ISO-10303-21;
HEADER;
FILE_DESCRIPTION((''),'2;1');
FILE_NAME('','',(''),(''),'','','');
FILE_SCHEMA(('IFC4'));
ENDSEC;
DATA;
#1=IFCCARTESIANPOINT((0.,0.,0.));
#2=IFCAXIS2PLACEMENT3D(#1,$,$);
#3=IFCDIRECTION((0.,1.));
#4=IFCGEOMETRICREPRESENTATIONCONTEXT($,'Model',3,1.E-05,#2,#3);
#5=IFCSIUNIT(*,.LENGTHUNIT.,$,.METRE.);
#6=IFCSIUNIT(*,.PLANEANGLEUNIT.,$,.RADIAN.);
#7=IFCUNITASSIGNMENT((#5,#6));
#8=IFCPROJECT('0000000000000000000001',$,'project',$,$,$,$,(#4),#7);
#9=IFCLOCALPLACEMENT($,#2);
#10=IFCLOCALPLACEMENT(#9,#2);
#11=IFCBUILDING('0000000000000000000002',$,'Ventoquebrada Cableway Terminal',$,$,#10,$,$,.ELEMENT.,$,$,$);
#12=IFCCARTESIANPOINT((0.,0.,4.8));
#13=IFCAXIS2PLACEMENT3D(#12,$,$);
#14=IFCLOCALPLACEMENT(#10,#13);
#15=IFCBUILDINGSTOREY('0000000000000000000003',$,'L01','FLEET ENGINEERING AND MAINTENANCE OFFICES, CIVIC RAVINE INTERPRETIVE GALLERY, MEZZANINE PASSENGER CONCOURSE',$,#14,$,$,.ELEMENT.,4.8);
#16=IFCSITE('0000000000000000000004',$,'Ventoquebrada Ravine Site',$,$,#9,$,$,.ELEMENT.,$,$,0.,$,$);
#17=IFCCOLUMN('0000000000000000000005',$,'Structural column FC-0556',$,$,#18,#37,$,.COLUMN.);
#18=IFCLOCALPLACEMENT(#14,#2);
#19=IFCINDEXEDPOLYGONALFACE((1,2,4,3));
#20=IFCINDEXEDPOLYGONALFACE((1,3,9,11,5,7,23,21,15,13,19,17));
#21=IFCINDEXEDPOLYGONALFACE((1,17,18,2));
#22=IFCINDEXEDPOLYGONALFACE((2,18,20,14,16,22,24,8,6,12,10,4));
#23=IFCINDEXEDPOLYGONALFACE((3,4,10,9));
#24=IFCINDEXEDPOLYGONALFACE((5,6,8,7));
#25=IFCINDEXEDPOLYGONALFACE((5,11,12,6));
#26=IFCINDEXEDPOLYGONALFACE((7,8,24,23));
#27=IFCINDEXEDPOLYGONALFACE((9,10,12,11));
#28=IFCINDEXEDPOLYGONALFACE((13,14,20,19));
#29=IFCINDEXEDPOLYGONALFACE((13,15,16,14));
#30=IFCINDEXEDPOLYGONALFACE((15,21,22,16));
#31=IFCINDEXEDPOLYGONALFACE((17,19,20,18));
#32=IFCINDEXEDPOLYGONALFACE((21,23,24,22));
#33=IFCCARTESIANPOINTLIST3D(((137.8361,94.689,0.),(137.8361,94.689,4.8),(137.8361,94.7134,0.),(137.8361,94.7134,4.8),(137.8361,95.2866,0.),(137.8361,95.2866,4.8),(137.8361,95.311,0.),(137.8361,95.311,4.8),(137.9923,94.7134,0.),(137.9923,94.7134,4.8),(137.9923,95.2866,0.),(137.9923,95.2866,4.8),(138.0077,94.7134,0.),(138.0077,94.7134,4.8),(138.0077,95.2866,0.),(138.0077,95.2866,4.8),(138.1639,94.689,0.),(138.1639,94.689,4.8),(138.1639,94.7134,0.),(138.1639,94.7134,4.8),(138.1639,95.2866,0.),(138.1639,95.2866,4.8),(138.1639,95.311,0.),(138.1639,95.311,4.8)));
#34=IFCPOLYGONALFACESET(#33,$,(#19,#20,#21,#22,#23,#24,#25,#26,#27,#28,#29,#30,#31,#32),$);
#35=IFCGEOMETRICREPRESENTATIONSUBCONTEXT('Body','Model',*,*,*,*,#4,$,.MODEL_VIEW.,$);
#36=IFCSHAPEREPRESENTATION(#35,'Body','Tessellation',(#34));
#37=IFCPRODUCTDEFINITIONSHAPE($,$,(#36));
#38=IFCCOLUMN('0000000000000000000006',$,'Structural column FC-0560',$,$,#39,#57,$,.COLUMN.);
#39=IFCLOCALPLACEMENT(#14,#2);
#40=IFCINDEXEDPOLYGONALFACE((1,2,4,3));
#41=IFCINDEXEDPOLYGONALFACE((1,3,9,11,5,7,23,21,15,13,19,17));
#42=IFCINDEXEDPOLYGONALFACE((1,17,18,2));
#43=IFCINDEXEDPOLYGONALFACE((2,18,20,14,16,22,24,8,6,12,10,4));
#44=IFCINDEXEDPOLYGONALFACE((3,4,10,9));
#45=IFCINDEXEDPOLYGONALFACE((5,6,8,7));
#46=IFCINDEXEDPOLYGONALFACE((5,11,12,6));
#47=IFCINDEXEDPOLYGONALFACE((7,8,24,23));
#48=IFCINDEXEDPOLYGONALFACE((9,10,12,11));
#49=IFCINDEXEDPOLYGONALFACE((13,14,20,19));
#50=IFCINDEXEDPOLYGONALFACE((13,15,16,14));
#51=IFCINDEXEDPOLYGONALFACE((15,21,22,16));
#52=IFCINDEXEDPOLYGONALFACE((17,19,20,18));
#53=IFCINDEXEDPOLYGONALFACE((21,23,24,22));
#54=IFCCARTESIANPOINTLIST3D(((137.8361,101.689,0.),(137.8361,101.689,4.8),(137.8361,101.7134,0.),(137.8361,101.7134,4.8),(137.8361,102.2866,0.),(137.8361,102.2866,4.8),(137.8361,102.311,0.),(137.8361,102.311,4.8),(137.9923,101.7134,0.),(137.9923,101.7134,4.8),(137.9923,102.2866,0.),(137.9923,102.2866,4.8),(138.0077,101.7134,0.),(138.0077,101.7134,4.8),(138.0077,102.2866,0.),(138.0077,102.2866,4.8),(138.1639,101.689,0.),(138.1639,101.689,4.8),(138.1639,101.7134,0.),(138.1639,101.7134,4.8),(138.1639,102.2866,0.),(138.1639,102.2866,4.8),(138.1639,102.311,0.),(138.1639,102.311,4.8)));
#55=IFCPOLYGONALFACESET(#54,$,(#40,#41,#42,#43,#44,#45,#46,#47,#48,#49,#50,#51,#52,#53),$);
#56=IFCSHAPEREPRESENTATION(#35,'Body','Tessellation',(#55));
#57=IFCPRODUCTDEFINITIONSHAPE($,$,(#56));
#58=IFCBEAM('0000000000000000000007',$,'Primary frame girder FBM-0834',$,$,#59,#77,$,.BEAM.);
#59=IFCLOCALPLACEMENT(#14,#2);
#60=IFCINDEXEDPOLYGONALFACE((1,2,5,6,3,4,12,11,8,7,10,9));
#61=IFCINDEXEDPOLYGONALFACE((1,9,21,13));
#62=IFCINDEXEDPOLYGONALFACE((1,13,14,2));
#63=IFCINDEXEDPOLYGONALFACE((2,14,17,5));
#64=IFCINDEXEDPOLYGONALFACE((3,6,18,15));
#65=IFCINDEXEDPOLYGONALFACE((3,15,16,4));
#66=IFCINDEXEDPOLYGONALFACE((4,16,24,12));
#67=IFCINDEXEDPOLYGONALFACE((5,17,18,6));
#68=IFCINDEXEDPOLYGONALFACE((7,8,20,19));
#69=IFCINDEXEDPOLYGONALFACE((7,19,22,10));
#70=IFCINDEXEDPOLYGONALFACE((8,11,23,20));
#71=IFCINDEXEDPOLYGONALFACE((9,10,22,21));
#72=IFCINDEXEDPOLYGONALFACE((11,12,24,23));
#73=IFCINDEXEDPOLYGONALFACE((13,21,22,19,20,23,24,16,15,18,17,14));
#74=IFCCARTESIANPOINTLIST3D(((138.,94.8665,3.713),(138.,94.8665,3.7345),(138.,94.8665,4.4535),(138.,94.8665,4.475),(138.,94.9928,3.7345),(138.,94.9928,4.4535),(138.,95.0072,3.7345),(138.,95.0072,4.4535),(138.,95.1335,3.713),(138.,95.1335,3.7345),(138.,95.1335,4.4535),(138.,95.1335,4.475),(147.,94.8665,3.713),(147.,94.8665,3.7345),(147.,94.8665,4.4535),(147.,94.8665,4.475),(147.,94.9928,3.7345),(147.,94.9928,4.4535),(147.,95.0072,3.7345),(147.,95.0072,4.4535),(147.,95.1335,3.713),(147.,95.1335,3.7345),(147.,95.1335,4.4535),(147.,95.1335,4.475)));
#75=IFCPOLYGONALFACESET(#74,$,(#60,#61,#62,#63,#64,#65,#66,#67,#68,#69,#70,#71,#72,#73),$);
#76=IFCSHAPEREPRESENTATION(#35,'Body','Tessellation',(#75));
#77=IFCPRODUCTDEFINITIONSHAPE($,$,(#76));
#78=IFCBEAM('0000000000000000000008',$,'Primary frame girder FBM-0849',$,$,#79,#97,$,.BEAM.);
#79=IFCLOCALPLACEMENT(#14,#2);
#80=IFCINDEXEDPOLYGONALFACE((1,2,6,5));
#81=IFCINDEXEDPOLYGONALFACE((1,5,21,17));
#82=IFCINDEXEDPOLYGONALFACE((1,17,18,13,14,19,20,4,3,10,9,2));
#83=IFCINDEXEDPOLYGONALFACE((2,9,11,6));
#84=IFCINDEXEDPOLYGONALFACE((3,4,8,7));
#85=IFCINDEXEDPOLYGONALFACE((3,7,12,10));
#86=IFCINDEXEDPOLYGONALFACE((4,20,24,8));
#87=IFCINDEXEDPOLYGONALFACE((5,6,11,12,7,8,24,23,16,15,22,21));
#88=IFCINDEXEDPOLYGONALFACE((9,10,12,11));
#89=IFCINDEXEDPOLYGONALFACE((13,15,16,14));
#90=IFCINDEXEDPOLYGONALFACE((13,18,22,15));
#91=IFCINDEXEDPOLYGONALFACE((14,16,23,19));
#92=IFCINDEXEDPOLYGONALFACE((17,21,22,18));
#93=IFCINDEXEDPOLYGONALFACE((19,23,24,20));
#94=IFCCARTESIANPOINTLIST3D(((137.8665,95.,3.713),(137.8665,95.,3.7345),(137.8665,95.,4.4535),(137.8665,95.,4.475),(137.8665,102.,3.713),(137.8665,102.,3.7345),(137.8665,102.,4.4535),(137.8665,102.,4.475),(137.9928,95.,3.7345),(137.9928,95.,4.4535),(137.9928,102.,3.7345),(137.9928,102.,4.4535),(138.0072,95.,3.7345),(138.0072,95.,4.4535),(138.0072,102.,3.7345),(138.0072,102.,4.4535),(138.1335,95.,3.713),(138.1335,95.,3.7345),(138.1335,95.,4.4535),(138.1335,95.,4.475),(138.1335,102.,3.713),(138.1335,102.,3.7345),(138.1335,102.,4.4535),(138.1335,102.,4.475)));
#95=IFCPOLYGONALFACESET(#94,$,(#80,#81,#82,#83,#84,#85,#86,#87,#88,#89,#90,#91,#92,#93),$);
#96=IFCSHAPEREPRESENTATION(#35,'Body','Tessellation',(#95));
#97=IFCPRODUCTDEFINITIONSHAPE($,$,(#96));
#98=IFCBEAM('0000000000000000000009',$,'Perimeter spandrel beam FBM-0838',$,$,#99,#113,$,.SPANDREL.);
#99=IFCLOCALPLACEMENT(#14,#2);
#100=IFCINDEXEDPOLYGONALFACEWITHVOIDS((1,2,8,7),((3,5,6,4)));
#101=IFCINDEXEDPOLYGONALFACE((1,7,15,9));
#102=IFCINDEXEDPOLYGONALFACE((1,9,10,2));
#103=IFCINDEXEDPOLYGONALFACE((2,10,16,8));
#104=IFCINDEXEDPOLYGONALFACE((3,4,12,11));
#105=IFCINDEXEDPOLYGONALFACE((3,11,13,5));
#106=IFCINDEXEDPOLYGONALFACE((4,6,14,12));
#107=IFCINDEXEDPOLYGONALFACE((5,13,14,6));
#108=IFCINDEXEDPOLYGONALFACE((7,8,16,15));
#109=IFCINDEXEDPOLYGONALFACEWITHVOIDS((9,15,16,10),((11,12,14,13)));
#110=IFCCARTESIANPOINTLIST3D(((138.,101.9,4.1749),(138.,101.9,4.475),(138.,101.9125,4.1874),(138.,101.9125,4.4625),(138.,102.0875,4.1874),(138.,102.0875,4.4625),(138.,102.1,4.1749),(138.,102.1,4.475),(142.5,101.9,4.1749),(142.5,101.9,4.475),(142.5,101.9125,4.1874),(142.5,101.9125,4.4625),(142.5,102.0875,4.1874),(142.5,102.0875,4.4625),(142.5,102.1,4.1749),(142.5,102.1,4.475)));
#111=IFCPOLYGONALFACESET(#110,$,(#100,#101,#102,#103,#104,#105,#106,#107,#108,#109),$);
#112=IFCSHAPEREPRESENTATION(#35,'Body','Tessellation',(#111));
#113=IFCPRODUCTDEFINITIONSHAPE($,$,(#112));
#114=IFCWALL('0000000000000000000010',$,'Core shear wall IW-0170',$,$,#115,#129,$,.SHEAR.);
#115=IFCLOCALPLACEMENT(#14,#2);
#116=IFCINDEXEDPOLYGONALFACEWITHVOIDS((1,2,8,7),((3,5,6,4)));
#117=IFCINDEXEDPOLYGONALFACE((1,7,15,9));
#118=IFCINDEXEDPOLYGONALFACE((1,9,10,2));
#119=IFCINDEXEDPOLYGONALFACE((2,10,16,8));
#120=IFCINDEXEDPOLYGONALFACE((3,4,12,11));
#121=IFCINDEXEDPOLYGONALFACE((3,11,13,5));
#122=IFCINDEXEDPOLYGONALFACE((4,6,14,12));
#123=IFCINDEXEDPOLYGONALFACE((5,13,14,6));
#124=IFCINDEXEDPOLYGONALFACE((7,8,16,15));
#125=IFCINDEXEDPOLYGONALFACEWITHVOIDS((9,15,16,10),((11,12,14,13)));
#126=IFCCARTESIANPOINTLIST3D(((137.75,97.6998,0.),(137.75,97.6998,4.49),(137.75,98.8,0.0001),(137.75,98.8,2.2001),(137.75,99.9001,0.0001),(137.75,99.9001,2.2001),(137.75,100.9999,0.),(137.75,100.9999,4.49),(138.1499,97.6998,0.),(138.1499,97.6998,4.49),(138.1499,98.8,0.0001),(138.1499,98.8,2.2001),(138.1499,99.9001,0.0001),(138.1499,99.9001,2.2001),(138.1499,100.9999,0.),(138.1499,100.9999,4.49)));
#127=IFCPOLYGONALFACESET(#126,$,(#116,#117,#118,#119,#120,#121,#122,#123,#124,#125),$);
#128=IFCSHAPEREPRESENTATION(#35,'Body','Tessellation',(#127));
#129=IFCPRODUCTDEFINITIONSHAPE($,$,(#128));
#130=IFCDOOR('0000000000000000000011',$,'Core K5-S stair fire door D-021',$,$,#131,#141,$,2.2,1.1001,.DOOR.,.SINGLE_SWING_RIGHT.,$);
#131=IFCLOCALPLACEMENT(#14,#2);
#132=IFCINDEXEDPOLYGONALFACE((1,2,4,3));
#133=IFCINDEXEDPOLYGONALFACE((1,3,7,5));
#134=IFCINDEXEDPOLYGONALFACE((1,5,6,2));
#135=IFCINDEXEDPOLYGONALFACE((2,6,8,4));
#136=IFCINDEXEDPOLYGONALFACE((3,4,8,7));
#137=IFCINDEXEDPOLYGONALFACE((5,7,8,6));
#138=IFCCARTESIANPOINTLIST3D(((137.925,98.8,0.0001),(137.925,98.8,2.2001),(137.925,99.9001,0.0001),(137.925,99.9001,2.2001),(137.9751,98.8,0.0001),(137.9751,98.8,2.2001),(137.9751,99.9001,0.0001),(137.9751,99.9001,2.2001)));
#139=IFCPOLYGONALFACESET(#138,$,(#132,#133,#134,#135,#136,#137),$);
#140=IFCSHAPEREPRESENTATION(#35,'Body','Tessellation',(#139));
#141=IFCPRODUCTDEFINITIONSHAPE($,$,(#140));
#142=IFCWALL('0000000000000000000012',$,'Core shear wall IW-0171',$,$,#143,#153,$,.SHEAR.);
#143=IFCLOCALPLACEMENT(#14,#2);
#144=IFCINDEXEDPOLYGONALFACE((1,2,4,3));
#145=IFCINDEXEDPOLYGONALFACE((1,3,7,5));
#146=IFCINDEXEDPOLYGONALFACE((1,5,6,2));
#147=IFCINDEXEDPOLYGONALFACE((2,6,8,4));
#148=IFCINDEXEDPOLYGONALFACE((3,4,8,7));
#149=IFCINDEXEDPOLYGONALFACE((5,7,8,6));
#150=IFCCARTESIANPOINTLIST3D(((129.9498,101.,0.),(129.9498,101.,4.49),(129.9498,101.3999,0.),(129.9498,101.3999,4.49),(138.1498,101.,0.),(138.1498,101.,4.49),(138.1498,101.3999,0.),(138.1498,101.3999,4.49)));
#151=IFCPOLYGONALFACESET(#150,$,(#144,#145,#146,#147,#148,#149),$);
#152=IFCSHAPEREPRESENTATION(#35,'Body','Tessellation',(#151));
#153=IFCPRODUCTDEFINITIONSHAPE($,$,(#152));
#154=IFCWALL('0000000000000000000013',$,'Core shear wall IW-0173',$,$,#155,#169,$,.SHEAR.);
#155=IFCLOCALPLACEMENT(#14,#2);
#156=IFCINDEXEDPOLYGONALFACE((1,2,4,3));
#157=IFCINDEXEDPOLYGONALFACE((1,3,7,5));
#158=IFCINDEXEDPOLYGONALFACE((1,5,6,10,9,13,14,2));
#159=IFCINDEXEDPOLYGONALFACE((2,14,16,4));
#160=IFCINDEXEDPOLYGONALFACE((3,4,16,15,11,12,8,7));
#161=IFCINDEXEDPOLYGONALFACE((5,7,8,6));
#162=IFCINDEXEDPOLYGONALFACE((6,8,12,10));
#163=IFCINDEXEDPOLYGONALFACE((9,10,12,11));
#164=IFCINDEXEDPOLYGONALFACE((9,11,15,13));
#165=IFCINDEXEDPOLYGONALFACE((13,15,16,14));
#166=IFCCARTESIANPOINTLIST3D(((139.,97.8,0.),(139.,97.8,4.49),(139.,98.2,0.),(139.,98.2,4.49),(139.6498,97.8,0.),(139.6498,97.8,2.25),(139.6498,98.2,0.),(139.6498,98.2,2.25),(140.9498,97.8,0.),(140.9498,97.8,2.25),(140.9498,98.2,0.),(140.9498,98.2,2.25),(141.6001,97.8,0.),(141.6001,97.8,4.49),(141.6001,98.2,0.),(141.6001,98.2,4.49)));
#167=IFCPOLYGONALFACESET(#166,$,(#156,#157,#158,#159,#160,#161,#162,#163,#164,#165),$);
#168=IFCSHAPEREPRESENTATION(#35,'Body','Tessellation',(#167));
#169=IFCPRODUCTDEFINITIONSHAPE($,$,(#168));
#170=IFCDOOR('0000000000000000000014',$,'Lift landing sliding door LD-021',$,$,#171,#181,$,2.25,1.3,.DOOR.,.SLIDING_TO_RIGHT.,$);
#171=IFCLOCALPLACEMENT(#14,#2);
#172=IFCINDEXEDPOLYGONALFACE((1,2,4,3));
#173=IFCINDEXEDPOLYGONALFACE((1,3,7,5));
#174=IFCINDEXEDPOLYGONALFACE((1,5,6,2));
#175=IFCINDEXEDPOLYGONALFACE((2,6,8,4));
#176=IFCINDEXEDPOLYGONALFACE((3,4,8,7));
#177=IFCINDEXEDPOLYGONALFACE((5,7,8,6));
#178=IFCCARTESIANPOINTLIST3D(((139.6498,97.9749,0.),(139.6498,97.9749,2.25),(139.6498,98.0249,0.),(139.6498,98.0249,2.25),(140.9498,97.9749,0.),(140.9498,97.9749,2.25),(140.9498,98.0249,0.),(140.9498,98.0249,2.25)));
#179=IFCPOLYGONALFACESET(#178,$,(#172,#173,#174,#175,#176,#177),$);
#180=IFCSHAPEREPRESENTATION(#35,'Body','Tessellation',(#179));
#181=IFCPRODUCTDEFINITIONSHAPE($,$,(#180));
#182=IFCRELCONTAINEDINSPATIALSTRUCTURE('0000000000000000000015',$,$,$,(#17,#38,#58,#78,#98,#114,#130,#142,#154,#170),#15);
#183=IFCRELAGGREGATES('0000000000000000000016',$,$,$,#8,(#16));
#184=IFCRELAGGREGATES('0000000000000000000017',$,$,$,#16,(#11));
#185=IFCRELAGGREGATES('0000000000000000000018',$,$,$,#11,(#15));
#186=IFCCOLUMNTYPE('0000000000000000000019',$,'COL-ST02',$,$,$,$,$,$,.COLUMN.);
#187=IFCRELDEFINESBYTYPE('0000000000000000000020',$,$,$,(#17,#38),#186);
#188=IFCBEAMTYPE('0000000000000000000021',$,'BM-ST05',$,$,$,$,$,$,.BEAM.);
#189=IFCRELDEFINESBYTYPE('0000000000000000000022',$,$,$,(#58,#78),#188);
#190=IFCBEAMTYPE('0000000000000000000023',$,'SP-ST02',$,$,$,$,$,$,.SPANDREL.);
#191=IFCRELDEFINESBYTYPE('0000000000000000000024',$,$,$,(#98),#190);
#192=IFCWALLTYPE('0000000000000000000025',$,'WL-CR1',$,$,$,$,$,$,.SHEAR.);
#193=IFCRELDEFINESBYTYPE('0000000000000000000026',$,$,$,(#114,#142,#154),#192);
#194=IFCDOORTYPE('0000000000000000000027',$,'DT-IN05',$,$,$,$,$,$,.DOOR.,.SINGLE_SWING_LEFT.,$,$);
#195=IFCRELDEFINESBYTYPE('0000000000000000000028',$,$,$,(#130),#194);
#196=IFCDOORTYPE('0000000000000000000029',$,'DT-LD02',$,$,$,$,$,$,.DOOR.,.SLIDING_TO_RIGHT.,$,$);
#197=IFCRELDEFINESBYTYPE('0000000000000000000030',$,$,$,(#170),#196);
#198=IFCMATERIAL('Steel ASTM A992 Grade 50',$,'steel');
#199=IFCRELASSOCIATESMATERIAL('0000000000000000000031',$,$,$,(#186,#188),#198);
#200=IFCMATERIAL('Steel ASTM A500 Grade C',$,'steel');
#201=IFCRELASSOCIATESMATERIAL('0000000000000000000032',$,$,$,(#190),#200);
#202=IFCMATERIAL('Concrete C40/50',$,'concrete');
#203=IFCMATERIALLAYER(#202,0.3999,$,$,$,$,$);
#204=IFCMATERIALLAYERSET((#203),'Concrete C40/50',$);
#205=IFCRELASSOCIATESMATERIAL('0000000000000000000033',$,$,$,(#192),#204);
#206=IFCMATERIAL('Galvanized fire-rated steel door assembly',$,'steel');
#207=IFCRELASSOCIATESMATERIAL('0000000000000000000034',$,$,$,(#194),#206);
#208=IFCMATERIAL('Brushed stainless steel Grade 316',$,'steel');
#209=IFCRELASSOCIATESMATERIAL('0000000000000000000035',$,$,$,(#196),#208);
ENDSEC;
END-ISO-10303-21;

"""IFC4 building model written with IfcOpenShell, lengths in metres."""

from ifc_helpers import new_model, si_unit, direction, frame, frame_2d, origin, origin_2d, place, context, subcontext, project, spatial, rectangle, hollow_rectangle, i_section, extrude, material, layer, layer_set, material_profile, profile_set, type_object, element, fill, save


model = new_model("IFC4")

# Units and contexts
model_context = context("Model", 3, precision=1e-05, world=origin(), true_north=direction((0.0, 1.0)))
body_context = subcontext(model_context, "Body", "Model", "MODEL_VIEW")
ifc_project = project(units=[si_unit("LENGTHUNIT", "METRE"), si_unit("PLANEANGLEUNIT", "RADIAN")], contexts=[model_context])

# Site, building, storey
site_placement = place(None, origin())
site = spatial("IfcSite", under=ifc_project, at=site_placement, Name="Ventoquebrada Ravine Site", CompositionType="ELEMENT", RefElevation=0.0)
building_placement = place(site_placement, origin())
building = spatial("IfcBuilding", under=site, at=building_placement, Name="Ventoquebrada Cableway Terminal", CompositionType="ELEMENT")
storey_placement = place(building_placement, frame((0.0, 0.0, 4.8)))
storey = spatial("IfcBuildingStorey", under=building, at=storey_placement, Name="L01", Description="FLEET ENGINEERING AND MAINTENANCE OFFICES, CIVIC RAVINE INTERPRETIVE GALLERY, MEZZANINE PASSENGER CONCOURSE", CompositionType="ELEMENT", Elevation=4.8)

# Columns
ifc_material_1 = material(Name="Steel ASTM A992 Grade 50", Category="steel")
ifc_material_profile_1 = material_profile(ifc_material_1, i_section(OverallWidth=0.3279, OverallDepth=0.6221, WebThickness=0.0154, FlangeThickness=0.0244, at=origin_2d()), Name="W24X131")
ifc_profile_set_1 = profile_set([ifc_material_profile_1], Name="Steel ASTM A992 Grade 50")
column_type = type_object("IfcColumnType", Name="COL-ST02", PredefinedType="COLUMN", material=ifc_profile_set_1)
for number, where, z_axis, x_axis, name in (
    (1, (138.0, 95.0, 0.0), (0.0, 0.0, 1.0), (1.0, 0.0, 0.0), "Structural column FC-0556"),
    (2, (138.0, 102.0, 0.0), (0.0, 0.0, 1.0), (1.0, 0.0, 0.0), "Structural column FC-0560"),
):
    element("IfcColumn", number, at=place(storey_placement, frame(where, z_axis=z_axis, x_axis=x_axis)), inside=storey, type_object=column_type, Name=name, PredefinedType="COLUMN", context=body_context, shape_type="SweptSolid", body=[
        extrude(i_section(OverallWidth=0.3279, OverallDepth=0.6221, WebThickness=0.0154, FlangeThickness=0.0244, at=origin_2d()), origin(), (0.0, 0.0, 1.0), 4.8),
    ])

# Beams
ifc_material_profile_2 = material_profile(ifc_material_1, i_section(OverallWidth=0.2671, OverallDepth=0.762, WebThickness=0.0144, FlangeThickness=0.0215, at=origin_2d()), Name="W30X116")
ifc_profile_set_2 = profile_set([ifc_material_profile_2], Name="Steel ASTM A992 Grade 50")
beam_type_1 = type_object("IfcBeamType", Name="BM-ST05", PredefinedType="BEAM", material=ifc_profile_set_2)
beam_1_placement = place(storey_placement, frame((138.0, 95.0, 4.094), z_axis=(1.0, 0.0, 0.0), x_axis=(0.0, 1.0, 0.0)))
element("IfcBeam", 3, at=beam_1_placement, inside=storey, type_object=beam_type_1, Name="Primary frame girder FBM-0834", PredefinedType="BEAM", context=body_context, shape_type="SweptSolid", body=[
    extrude(i_section(OverallWidth=0.2671, OverallDepth=0.762, WebThickness=0.0144, FlangeThickness=0.0215, at=origin_2d()), origin(), (0.0, 0.0, 1.0), 9.0),
])
beam_2_placement = place(storey_placement, frame((138.0, 95.0, 4.094), z_axis=(0.0, 1.0, 0.0), x_axis=(-1.0, 0.0, 0.0)))
element("IfcBeam", 4, at=beam_2_placement, inside=storey, type_object=beam_type_1, Name="Primary frame girder FBM-0849", PredefinedType="BEAM", context=body_context, shape_type="SweptSolid", body=[
    extrude(i_section(OverallWidth=0.2671, OverallDepth=0.762, WebThickness=0.0144, FlangeThickness=0.0215, at=origin_2d()), origin(), (0.0, 0.0, 1.0), 7.0),
])
ifc_material_2 = material(Name="Steel ASTM A500 Grade C", Category="steel")
ifc_material_profile_3 = material_profile(ifc_material_2, hollow_rectangle(XDim=0.2, YDim=0.3, WallThickness=0.0125, at=origin_2d()), Name="RHS300X200X12.5")
ifc_profile_set_3 = profile_set([ifc_material_profile_3], Name="Steel ASTM A500 Grade C")
beam_type_2 = type_object("IfcBeamType", Name="SP-ST02", PredefinedType="SPANDREL", material=ifc_profile_set_3)
beam_3_placement = place(storey_placement, frame((138.0, 102.0, 4.325), z_axis=(1.0, 0.0, 0.0), x_axis=(0.0, 1.0, 0.0)))
element("IfcBeam", 5, at=beam_3_placement, inside=storey, type_object=beam_type_2, Name="Perimeter spandrel beam FBM-0838", PredefinedType="SPANDREL", context=body_context, shape_type="SweptSolid", body=[
    extrude(hollow_rectangle(XDim=0.2, YDim=0.3, WallThickness=0.0125, at=origin_2d()), origin(), (0.0, 0.0, 1.0), 4.5),
])

# Wall, opening, door
ifc_material_3 = material(Name="Concrete C40/50", Category="concrete")
ifc_layer_1 = layer(ifc_material_3, 0.3999)
ifc_layer_set_1 = layer_set([ifc_layer_1], Name="Concrete C40/50")
wall_type_1 = type_object("IfcWallType", Name="WL-CR1", PredefinedType="SHEAR", material=ifc_layer_set_1)
wall_1_placement = place(storey_placement, frame((137.95, 97.7, 0.0), z_axis=(0.0, 0.0, 1.0), x_axis=(0.0, 1.0, 0.0)))
wall_1 = element("IfcWall", 6, at=wall_1_placement, inside=storey, type_object=wall_type_1, Name="Core shear wall IW-0170", PredefinedType="SHEAR", context=body_context, shape_type="SweptSolid", body=[
    extrude(rectangle(XDim=3.3, YDim=0.3999, at=frame_2d((1.6499, 0.0))), origin(), (0.0, 0.0, 1.0), 4.49),
])
opening_1_placement = place(wall_1_placement, frame((1.1001, 0.0, 0.0)))
opening_1 = element("IfcOpeningElement", 7, at=opening_1_placement, cuts=wall_1, PredefinedType="OPENING", context=body_context, shape_type="SweptSolid", body=[
    extrude(rectangle(XDim=1.1001, YDim=2.2, at=frame_2d((0.55, 1.1001))), frame((0.0, 0.21, 0.0), z_axis=(0.0, -1.0, 0.0), x_axis=(1.0, 0.0, 0.0)), (0.0, 0.0, 1.0), 0.4199),
])
ifc_material_4 = material(Name="Galvanized fire-rated steel door assembly", Category="steel")
door_type_1 = type_object("IfcDoorType", Name="DT-IN05", OperationType="SINGLE_SWING_LEFT", PredefinedType="DOOR", material=ifc_material_4)
door_1_placement = place(opening_1_placement, origin())
door_1 = element("IfcDoor", 8, at=door_1_placement, inside=storey, type_object=door_type_1, Name="Core K5-S stair fire door D-021", OperationType="SINGLE_SWING_RIGHT", OverallHeight=2.2, OverallWidth=1.1001, PredefinedType="DOOR", context=body_context, shape_type="SweptSolid", body=[
    extrude(rectangle(XDim=1.1001, YDim=2.2, at=frame_2d((0.55, 1.1001))), frame((0.0, 0.0249, 0.0), z_axis=(0.0, -1.0, 0.0), x_axis=(1.0, 0.0, 0.0)), (0.0, 0.0, 1.0), 0.05),
])
fill(opening_1, door_1)

# Wall
wall_2_placement = place(storey_placement, frame((138.1499, 101.2, 0.0), z_axis=(0.0, 0.0, 1.0), x_axis=(-1.0, 0.0, 0.0)))
element("IfcWall", 9, at=wall_2_placement, inside=storey, type_object=wall_type_1, Name="Core shear wall IW-0171", PredefinedType="SHEAR", context=body_context, shape_type="SweptSolid", body=[
    extrude(rectangle(XDim=8.2, YDim=0.3999, at=frame_2d((4.1001, 0.0))), origin(), (0.0, 0.0, 1.0), 4.49),
])

# Wall, opening, door
wall_3_placement = place(storey_placement, frame((139.0, 98.0, 0.0), z_axis=(0.0, 0.0, 1.0), x_axis=(1.0, 0.0, 0.0)))
wall_3 = element("IfcWall", 10, at=wall_3_placement, inside=storey, type_object=wall_type_1, Name="Core shear wall IW-0173", PredefinedType="SHEAR", context=body_context, shape_type="SweptSolid", body=[
    extrude(rectangle(XDim=2.6001, YDim=0.3999, at=frame_2d((1.3, 0.0))), origin(), (0.0, 0.0, 1.0), 4.49),
])
opening_2_placement = place(wall_3_placement, frame((0.6499, 0.0, 0.0)))
opening_2 = element("IfcOpeningElement", 11, at=opening_2_placement, cuts=wall_3, PredefinedType="OPENING", context=body_context, shape_type="SweptSolid", body=[
    extrude(rectangle(XDim=1.3, YDim=2.25, at=frame_2d((0.6499, 1.125))), frame((0.0, 0.21, 0.0), z_axis=(0.0, -1.0, 0.0), x_axis=(1.0, 0.0, 0.0)), (0.0, 0.0, 1.0), 0.4199),
])
ifc_material_5 = material(Name="Brushed stainless steel Grade 316", Category="steel")
door_type_2 = type_object("IfcDoorType", Name="DT-LD02", OperationType="SLIDING_TO_RIGHT", PredefinedType="DOOR", material=ifc_material_5)
door_2_placement = place(opening_2_placement, origin())
door_2 = element("IfcDoor", 12, at=door_2_placement, inside=storey, type_object=door_type_2, Name="Lift landing sliding door LD-021", OperationType="SLIDING_TO_RIGHT", OverallHeight=2.25, OverallWidth=1.3, PredefinedType="DOOR", context=body_context, shape_type="SweptSolid", body=[
    extrude(rectangle(XDim=1.3, YDim=2.25, at=frame_2d((0.6499, 1.125))), frame((0.0, 0.0249, 0.0), z_axis=(0.0, -1.0, 0.0), x_axis=(1.0, 0.0, 0.0)), (0.0, 0.0, 1.0), 0.05),
])
fill(opening_2, door_2)

save(model, "model.ifc")
